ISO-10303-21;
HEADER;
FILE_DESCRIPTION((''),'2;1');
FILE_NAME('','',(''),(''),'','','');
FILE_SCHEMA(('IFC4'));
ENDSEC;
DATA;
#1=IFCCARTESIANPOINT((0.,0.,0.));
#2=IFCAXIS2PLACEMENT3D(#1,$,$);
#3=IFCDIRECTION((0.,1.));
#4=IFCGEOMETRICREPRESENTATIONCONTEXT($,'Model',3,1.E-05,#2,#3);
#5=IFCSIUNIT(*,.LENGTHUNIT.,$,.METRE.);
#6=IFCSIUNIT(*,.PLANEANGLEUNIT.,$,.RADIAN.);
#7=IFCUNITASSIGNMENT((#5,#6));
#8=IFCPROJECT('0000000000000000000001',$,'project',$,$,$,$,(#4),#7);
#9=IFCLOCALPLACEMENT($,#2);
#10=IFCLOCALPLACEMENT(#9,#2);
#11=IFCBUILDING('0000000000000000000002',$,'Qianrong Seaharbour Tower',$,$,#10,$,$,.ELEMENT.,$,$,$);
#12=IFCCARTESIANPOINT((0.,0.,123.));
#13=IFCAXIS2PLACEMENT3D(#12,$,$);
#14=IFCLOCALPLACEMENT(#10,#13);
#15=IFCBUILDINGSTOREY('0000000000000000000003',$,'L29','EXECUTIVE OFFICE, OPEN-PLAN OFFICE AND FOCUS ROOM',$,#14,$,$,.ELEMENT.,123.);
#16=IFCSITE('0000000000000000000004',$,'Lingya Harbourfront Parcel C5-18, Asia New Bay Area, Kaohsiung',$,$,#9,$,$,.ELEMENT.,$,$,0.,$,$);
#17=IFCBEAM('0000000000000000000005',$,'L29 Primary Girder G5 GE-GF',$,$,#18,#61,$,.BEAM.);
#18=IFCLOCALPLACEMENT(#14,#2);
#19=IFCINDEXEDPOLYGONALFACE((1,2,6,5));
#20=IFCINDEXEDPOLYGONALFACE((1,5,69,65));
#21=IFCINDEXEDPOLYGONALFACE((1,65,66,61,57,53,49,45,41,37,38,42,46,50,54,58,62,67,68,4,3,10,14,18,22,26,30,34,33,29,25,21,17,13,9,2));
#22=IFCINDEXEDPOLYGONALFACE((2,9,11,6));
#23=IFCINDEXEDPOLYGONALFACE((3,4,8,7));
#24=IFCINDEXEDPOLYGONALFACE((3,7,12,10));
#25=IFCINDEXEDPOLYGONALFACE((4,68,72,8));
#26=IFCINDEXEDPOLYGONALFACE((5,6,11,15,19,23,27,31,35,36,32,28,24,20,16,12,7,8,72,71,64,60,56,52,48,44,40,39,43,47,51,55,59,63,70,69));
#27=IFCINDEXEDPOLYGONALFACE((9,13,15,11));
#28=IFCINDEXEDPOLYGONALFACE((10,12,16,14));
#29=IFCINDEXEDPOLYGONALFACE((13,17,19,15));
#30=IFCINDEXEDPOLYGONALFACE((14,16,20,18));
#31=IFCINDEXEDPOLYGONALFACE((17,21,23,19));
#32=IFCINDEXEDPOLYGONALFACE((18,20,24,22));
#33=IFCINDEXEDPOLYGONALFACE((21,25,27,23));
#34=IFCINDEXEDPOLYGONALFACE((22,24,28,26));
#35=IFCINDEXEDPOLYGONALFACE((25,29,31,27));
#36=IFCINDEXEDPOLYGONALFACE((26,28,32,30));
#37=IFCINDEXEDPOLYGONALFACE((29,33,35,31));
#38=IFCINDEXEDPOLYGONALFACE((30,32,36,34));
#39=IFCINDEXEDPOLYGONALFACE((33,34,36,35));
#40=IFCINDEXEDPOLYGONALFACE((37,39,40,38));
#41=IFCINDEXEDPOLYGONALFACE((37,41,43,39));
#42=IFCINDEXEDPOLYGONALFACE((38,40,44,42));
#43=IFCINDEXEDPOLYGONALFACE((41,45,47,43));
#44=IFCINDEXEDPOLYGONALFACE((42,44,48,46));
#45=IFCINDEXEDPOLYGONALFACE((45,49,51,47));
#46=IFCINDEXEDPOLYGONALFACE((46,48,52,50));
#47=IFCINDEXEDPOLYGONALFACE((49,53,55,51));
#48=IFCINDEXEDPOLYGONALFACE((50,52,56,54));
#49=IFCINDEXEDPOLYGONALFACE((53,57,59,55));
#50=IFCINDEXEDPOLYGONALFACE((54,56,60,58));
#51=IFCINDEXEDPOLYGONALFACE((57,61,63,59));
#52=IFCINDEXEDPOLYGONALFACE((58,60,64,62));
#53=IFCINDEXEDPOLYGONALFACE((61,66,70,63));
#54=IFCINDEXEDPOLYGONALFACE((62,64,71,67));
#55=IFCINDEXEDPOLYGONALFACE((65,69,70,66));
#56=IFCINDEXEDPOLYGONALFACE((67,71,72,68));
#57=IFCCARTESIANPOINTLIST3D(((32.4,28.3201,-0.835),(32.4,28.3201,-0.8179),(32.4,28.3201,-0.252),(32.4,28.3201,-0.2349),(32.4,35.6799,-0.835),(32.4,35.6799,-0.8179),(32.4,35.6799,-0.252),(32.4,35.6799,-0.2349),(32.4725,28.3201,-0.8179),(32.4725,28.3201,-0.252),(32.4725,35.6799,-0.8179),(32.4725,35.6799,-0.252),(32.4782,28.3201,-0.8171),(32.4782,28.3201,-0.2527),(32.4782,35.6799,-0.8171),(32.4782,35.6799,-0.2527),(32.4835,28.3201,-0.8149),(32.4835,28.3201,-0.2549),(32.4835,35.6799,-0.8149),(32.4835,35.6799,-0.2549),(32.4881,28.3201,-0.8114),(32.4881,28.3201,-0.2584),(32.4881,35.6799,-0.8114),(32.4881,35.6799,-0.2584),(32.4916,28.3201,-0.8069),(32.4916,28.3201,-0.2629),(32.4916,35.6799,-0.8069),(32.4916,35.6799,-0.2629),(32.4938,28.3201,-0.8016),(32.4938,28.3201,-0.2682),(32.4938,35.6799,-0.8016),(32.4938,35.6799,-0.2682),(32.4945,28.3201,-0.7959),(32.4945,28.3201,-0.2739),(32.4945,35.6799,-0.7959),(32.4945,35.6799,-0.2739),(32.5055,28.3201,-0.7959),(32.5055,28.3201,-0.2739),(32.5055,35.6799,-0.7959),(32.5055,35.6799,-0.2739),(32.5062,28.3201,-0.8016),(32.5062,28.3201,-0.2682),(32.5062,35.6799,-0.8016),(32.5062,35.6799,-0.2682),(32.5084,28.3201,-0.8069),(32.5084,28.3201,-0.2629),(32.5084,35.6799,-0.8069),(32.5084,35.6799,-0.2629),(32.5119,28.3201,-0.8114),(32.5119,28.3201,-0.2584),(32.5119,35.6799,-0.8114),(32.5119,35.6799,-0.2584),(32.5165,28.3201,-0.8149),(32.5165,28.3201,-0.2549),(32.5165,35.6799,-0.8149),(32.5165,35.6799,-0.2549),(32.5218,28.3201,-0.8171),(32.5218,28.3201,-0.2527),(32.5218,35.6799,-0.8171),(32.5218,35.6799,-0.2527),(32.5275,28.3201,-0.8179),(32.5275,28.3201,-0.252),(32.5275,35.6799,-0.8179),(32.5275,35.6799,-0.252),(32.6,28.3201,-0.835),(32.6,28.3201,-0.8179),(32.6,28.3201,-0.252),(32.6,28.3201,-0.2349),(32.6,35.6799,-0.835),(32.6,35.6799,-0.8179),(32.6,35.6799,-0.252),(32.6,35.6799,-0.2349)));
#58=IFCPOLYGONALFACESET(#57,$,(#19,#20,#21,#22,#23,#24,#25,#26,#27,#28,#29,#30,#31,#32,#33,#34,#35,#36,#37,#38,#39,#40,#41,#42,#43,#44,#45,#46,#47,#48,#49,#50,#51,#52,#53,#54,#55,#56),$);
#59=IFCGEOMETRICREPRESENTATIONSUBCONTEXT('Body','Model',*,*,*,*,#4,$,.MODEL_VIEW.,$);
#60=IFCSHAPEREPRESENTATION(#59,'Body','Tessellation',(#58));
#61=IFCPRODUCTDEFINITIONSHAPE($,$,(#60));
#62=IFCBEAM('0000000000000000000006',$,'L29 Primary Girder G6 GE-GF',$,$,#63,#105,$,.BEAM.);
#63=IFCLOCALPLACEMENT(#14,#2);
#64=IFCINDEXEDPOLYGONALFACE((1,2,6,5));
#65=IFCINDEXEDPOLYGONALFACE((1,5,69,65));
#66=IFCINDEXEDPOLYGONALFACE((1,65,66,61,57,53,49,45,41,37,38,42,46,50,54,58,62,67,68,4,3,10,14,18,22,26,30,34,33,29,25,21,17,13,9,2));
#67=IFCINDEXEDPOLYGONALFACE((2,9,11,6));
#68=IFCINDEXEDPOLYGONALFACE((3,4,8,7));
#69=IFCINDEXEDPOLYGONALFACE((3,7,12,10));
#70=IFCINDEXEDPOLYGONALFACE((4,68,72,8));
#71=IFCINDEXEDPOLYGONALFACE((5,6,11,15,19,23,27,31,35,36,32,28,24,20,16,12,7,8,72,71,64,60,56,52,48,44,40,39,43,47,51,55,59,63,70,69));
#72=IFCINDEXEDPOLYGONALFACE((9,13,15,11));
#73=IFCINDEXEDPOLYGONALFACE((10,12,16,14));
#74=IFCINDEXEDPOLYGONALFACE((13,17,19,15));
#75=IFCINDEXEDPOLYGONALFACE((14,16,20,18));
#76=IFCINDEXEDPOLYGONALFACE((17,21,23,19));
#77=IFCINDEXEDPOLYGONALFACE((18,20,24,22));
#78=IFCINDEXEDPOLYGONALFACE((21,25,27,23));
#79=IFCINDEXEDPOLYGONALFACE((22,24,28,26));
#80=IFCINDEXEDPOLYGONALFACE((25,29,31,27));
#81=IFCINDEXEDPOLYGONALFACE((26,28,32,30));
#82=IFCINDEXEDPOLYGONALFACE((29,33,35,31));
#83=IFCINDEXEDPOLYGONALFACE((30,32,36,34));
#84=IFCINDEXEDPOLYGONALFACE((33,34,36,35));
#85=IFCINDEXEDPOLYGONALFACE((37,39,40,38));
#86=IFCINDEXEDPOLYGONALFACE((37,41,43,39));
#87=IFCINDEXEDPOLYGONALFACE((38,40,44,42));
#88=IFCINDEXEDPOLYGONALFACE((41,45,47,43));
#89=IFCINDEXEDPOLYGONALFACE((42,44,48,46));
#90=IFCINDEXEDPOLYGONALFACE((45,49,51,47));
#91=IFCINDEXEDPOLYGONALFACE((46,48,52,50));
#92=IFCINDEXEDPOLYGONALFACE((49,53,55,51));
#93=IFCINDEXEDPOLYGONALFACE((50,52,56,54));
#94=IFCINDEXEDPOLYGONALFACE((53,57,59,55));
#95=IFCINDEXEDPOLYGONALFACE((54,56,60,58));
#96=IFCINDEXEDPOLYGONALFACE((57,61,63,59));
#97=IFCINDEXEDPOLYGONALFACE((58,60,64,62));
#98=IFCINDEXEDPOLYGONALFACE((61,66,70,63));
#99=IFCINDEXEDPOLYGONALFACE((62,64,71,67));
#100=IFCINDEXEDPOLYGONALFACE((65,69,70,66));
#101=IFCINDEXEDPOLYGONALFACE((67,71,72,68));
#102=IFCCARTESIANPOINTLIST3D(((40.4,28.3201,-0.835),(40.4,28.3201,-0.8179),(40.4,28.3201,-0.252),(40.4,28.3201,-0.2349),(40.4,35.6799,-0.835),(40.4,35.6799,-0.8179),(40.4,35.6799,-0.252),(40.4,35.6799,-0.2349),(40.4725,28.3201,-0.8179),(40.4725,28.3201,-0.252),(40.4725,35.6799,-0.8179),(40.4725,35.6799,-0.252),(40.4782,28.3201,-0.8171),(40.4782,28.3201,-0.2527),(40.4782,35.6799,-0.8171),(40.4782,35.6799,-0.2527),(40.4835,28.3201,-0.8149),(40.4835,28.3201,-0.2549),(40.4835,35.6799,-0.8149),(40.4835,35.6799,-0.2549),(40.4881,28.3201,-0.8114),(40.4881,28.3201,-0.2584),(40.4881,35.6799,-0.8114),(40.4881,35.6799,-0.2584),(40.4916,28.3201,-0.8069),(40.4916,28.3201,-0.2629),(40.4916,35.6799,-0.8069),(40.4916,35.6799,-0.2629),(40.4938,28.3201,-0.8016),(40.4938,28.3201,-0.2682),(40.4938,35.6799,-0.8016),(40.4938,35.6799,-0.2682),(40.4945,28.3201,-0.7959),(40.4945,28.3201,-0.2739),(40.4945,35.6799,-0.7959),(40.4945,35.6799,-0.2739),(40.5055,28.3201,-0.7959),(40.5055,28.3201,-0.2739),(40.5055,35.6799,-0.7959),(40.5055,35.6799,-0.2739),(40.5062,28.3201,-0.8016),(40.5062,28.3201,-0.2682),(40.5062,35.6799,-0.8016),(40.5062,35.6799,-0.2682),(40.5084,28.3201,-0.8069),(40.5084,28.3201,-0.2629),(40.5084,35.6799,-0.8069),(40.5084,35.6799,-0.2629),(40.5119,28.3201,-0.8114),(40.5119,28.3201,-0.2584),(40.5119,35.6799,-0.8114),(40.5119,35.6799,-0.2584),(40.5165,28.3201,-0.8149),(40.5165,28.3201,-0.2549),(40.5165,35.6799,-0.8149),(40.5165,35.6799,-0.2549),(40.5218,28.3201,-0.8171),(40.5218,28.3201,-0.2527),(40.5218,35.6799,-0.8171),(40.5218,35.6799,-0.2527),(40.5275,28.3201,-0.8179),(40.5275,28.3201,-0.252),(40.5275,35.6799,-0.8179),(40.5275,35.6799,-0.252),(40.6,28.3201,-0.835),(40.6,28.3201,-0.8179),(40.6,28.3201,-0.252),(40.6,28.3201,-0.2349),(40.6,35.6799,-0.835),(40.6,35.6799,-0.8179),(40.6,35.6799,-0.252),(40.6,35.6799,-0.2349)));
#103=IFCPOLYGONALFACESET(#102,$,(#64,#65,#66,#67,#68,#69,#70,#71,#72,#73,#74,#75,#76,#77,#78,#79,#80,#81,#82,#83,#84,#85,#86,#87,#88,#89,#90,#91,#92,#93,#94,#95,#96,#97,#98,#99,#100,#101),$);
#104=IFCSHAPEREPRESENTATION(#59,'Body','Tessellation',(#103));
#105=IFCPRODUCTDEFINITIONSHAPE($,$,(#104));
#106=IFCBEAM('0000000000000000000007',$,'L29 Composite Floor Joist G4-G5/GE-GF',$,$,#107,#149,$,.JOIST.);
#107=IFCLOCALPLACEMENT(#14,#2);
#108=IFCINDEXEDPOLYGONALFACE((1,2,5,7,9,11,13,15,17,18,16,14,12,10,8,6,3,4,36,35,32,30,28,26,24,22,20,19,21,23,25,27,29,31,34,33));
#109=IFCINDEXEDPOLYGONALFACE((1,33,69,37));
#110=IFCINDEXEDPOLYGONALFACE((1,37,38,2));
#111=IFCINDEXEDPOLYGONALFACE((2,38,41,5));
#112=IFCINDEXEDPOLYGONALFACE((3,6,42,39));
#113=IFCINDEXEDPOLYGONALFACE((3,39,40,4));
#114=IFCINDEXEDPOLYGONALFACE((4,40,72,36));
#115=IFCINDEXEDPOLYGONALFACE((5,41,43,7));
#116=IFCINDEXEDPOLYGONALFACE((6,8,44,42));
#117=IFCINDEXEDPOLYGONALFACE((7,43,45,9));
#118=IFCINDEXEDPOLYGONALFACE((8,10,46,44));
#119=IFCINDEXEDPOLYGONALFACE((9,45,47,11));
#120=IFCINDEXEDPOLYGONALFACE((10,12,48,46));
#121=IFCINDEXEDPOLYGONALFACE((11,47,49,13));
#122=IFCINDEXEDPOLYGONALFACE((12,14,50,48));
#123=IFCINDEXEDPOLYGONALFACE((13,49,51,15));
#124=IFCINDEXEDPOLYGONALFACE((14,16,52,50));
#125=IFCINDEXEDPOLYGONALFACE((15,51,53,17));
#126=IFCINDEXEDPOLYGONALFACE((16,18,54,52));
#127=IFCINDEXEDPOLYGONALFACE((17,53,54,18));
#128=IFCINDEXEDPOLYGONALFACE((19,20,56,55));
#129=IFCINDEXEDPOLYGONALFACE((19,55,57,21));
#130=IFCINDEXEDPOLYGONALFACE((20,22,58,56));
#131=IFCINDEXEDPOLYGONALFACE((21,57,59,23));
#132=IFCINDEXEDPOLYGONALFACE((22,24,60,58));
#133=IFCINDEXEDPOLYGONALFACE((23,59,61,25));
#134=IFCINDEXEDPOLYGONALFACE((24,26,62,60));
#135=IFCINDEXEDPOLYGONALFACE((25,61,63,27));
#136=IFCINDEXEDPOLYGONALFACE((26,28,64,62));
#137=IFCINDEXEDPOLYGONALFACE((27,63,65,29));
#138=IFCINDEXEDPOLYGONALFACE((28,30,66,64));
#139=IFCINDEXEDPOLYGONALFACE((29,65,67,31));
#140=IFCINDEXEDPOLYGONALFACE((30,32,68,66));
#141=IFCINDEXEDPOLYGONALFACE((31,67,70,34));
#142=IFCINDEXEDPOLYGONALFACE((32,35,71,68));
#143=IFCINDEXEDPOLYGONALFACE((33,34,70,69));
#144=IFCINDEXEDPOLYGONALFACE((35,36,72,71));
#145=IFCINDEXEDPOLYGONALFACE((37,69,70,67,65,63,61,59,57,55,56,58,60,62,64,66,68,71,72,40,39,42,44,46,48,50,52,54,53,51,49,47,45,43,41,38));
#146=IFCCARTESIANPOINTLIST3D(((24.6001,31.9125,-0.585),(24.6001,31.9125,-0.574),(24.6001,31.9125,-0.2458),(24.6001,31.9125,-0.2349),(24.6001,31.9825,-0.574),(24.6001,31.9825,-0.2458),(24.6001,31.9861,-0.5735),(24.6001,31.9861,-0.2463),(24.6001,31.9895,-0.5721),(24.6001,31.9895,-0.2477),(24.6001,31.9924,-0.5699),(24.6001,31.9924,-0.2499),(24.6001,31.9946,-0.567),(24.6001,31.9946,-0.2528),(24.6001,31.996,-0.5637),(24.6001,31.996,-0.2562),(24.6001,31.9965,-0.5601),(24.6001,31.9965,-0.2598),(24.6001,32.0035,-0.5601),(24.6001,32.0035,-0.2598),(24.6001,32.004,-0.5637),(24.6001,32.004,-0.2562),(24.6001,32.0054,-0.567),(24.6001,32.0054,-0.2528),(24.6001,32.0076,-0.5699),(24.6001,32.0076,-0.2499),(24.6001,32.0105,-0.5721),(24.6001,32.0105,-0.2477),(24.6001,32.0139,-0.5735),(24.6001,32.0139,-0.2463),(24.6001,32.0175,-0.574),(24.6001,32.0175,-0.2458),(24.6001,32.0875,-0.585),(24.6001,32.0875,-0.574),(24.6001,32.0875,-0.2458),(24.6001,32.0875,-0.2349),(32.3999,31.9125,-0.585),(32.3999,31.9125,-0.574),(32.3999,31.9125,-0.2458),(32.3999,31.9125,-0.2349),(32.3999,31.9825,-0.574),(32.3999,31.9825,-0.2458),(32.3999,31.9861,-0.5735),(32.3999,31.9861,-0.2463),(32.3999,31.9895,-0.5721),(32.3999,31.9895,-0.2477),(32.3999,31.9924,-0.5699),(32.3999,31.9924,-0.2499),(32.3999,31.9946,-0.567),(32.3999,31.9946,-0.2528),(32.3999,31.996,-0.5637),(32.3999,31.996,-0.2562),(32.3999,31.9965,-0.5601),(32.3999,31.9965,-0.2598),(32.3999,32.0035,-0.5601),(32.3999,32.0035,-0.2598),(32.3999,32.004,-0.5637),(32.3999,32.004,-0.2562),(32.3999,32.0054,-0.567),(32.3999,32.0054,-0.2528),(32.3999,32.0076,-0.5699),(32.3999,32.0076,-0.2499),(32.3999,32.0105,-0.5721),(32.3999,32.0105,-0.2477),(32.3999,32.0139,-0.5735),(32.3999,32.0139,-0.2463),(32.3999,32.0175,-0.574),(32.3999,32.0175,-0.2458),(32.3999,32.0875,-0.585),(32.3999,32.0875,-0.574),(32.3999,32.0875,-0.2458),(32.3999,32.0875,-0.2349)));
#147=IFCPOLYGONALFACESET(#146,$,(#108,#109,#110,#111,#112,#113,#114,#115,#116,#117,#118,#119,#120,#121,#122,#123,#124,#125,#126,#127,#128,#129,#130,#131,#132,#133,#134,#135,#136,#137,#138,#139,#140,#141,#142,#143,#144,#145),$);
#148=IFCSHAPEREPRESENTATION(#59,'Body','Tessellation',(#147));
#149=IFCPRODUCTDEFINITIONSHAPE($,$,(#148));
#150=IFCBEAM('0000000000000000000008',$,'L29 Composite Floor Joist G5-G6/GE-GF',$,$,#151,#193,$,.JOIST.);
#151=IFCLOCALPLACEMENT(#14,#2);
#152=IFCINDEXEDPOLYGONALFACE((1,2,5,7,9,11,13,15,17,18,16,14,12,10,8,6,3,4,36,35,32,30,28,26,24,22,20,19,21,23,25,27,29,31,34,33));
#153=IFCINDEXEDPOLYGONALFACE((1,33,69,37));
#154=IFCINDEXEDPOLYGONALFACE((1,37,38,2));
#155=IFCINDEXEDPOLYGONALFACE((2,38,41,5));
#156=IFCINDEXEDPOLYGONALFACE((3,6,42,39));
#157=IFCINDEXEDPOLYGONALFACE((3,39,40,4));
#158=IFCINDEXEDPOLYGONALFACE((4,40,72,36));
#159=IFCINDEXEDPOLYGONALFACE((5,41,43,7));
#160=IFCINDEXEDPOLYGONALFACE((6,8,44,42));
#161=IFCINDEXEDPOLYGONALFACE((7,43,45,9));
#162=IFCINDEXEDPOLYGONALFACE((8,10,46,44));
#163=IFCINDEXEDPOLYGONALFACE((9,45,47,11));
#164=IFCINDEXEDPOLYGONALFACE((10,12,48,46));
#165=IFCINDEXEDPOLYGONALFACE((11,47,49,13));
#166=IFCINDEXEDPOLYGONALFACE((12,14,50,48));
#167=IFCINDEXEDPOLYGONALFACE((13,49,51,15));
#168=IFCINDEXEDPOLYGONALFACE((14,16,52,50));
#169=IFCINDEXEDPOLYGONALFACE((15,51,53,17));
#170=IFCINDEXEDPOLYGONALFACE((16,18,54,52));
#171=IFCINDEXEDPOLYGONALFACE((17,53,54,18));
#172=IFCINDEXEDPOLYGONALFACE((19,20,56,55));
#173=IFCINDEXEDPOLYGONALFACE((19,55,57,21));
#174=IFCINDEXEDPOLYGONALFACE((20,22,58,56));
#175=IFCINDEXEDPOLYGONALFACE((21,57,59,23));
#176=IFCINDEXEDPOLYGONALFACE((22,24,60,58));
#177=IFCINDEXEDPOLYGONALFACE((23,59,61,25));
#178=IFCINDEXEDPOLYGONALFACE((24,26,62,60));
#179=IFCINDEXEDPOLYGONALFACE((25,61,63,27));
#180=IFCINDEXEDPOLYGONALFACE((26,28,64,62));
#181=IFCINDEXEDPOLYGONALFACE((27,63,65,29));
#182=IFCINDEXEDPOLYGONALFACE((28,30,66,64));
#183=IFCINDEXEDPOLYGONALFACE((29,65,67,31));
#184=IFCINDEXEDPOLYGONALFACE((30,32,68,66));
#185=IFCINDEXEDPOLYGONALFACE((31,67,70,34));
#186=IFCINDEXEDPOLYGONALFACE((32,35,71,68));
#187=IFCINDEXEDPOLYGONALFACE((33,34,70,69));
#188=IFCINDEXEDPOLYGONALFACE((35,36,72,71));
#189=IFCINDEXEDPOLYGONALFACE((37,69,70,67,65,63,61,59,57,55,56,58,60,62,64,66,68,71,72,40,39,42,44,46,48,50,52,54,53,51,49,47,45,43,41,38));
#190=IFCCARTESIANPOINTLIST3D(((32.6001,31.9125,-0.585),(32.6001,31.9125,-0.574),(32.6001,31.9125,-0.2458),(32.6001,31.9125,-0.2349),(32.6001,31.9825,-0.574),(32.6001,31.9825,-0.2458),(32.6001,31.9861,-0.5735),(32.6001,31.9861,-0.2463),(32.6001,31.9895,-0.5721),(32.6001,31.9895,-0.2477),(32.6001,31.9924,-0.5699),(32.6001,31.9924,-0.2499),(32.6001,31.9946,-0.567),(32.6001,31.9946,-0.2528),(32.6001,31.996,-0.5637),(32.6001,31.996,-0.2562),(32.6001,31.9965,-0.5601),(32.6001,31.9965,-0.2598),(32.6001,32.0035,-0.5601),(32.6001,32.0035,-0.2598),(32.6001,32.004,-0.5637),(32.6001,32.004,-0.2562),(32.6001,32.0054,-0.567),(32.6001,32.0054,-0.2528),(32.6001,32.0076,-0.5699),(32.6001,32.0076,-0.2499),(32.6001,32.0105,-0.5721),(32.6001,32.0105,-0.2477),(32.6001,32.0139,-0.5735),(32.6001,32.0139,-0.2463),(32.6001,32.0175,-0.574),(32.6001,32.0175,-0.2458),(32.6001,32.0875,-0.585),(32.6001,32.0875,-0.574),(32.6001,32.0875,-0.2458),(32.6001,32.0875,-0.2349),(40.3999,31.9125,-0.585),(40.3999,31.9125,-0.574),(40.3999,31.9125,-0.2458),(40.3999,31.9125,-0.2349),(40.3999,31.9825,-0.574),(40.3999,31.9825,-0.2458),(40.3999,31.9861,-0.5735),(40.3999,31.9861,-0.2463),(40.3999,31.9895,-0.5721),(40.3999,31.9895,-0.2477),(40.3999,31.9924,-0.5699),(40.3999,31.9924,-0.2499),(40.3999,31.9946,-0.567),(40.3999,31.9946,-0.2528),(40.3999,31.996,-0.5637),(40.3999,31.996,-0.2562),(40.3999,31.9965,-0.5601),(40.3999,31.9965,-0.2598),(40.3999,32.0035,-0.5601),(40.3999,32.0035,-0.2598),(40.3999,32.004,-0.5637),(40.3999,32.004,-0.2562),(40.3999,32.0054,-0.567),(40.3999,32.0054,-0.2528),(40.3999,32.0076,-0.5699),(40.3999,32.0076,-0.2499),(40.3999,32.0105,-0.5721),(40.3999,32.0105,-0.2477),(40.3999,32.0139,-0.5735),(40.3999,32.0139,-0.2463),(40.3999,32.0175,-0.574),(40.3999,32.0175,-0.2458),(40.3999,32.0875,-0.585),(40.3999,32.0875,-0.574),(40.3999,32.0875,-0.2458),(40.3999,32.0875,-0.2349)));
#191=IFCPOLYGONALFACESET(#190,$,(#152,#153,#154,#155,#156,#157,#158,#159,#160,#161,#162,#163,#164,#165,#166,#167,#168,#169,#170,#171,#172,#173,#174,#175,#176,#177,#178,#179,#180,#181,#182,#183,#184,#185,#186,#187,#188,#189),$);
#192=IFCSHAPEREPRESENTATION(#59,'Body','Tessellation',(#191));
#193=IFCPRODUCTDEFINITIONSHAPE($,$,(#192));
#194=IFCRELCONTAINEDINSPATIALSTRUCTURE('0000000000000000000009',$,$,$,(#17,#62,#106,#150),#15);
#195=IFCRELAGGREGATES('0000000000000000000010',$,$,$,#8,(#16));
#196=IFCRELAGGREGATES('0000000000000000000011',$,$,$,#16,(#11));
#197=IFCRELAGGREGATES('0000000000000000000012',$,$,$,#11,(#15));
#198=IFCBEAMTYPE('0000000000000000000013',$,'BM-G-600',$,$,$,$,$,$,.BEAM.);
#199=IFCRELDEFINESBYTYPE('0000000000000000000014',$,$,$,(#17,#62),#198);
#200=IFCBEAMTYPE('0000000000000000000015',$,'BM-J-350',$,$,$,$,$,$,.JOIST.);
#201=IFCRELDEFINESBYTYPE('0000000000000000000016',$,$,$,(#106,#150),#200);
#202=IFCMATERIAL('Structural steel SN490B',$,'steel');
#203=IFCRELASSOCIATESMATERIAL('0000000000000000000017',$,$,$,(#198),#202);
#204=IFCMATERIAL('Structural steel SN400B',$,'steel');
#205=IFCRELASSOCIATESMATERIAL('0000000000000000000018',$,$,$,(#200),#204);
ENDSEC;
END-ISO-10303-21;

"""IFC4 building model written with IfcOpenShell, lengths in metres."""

from ifc_helpers import new_model, si_unit, direction, frame, origin, origin_2d, place, context, subcontext, project, spatial, i_section, extrude, material, material_profile, profile_set, type_object, element, save


model = new_model("IFC4")

# Units and contexts
model_context = context("Model", 3, precision=1e-05, world=origin(), true_north=direction((0.0, 1.0)))
body_context = subcontext(model_context, "Body", "Model", "MODEL_VIEW")
ifc_project = project(units=[si_unit("LENGTHUNIT", "METRE"), si_unit("PLANEANGLEUNIT", "RADIAN")], contexts=[model_context])

# Site, building, storey
site_placement = place(None, origin())
site = spatial("IfcSite", under=ifc_project, at=site_placement, Name="Lingya Harbourfront Parcel C5-18, Asia New Bay Area, Kaohsiung", CompositionType="ELEMENT", RefElevation=0.0)
building_placement = place(site_placement, origin())
building = spatial("IfcBuilding", under=site, at=building_placement, Name="Qianrong Seaharbour Tower", CompositionType="ELEMENT")
storey_placement = place(building_placement, frame((0.0, 0.0, 123.0)))
storey = spatial("IfcBuildingStorey", under=building, at=storey_placement, Name="L29", Description="EXECUTIVE OFFICE, OPEN-PLAN OFFICE AND FOCUS ROOM", CompositionType="ELEMENT", Elevation=123.0)

# Shared definitions
ifc_material_1 = material(Name="Structural steel SN490B", Category="steel")

# Beams
ifc_material_profile_1 = material_profile(ifc_material_1, i_section(OverallWidth=0.2, OverallDepth=0.6001, WebThickness=0.011, FlangeThickness=0.0171, FilletRadius=0.022, at=origin_2d()), Name="H600x200x11x17")
ifc_profile_set_1 = profile_set([ifc_material_profile_1], Name="Structural steel SN490B")
beam_type_1 = type_object("IfcBeamType", Name="BM-G-600", PredefinedType="BEAM", material=ifc_profile_set_1)
for number, where, z_axis, x_axis, name in (
    (1, (32.5, 28.3201, -0.5349), (0.0, 1.0, 0.0), (-1.0, 0.0, 0.0), "L29 Primary Girder G5 GE-GF"),
    (2, (40.5, 28.3201, -0.5349), (0.0, 1.0, 0.0), (-1.0, 0.0, 0.0), "L29 Primary Girder G6 GE-GF"),
):
    element("IfcBeam", number, at=place(storey_placement, frame(where, z_axis=z_axis, x_axis=x_axis)), inside=storey, type_object=beam_type_1, Name=name, PredefinedType="BEAM", context=body_context, shape_type="SweptSolid", body=[
        extrude(i_section(OverallWidth=0.2, OverallDepth=0.6001, WebThickness=0.011, FlangeThickness=0.0171, FilletRadius=0.022, at=origin_2d()), origin(), (0.0, 0.0, 1.0), 7.3599),
    ])
ifc_material_2 = material(Name="Structural steel SN400B", Category="steel")
ifc_material_profile_2 = material_profile(ifc_material_2, i_section(OverallWidth=0.175, OverallDepth=0.3501, WebThickness=0.0071, FlangeThickness=0.011, FilletRadius=0.0139, at=origin_2d()), Name="H350x175x7x11")
ifc_profile_set_2 = profile_set([ifc_material_profile_2], Name="Structural steel SN400B")
beam_type_2 = type_object("IfcBeamType", Name="BM-J-350", PredefinedType="JOIST", material=ifc_profile_set_2)
for number, where, z_axis, x_axis, name in (
    (3, (24.6001, 32.0, -0.4099), (1.0, 0.0, 0.0), (0.0, 1.0, 0.0), "L29 Composite Floor Joist G4-G5/GE-GF"),
    (4, (32.6001, 32.0, -0.4099), (1.0, 0.0, 0.0), (0.0, 1.0, 0.0), "L29 Composite Floor Joist G5-G6/GE-GF"),
):
    element("IfcBeam", number, at=place(storey_placement, frame(where, z_axis=z_axis, x_axis=x_axis)), inside=storey, type_object=beam_type_2, Name=name, PredefinedType="JOIST", context=body_context, shape_type="SweptSolid", body=[
        extrude(i_section(OverallWidth=0.175, OverallDepth=0.3501, WebThickness=0.0071, FlangeThickness=0.011, FilletRadius=0.0139, at=origin_2d()), origin(), (0.0, 0.0, 1.0), 7.7998),
    ])

save(model, "model.ifc")
